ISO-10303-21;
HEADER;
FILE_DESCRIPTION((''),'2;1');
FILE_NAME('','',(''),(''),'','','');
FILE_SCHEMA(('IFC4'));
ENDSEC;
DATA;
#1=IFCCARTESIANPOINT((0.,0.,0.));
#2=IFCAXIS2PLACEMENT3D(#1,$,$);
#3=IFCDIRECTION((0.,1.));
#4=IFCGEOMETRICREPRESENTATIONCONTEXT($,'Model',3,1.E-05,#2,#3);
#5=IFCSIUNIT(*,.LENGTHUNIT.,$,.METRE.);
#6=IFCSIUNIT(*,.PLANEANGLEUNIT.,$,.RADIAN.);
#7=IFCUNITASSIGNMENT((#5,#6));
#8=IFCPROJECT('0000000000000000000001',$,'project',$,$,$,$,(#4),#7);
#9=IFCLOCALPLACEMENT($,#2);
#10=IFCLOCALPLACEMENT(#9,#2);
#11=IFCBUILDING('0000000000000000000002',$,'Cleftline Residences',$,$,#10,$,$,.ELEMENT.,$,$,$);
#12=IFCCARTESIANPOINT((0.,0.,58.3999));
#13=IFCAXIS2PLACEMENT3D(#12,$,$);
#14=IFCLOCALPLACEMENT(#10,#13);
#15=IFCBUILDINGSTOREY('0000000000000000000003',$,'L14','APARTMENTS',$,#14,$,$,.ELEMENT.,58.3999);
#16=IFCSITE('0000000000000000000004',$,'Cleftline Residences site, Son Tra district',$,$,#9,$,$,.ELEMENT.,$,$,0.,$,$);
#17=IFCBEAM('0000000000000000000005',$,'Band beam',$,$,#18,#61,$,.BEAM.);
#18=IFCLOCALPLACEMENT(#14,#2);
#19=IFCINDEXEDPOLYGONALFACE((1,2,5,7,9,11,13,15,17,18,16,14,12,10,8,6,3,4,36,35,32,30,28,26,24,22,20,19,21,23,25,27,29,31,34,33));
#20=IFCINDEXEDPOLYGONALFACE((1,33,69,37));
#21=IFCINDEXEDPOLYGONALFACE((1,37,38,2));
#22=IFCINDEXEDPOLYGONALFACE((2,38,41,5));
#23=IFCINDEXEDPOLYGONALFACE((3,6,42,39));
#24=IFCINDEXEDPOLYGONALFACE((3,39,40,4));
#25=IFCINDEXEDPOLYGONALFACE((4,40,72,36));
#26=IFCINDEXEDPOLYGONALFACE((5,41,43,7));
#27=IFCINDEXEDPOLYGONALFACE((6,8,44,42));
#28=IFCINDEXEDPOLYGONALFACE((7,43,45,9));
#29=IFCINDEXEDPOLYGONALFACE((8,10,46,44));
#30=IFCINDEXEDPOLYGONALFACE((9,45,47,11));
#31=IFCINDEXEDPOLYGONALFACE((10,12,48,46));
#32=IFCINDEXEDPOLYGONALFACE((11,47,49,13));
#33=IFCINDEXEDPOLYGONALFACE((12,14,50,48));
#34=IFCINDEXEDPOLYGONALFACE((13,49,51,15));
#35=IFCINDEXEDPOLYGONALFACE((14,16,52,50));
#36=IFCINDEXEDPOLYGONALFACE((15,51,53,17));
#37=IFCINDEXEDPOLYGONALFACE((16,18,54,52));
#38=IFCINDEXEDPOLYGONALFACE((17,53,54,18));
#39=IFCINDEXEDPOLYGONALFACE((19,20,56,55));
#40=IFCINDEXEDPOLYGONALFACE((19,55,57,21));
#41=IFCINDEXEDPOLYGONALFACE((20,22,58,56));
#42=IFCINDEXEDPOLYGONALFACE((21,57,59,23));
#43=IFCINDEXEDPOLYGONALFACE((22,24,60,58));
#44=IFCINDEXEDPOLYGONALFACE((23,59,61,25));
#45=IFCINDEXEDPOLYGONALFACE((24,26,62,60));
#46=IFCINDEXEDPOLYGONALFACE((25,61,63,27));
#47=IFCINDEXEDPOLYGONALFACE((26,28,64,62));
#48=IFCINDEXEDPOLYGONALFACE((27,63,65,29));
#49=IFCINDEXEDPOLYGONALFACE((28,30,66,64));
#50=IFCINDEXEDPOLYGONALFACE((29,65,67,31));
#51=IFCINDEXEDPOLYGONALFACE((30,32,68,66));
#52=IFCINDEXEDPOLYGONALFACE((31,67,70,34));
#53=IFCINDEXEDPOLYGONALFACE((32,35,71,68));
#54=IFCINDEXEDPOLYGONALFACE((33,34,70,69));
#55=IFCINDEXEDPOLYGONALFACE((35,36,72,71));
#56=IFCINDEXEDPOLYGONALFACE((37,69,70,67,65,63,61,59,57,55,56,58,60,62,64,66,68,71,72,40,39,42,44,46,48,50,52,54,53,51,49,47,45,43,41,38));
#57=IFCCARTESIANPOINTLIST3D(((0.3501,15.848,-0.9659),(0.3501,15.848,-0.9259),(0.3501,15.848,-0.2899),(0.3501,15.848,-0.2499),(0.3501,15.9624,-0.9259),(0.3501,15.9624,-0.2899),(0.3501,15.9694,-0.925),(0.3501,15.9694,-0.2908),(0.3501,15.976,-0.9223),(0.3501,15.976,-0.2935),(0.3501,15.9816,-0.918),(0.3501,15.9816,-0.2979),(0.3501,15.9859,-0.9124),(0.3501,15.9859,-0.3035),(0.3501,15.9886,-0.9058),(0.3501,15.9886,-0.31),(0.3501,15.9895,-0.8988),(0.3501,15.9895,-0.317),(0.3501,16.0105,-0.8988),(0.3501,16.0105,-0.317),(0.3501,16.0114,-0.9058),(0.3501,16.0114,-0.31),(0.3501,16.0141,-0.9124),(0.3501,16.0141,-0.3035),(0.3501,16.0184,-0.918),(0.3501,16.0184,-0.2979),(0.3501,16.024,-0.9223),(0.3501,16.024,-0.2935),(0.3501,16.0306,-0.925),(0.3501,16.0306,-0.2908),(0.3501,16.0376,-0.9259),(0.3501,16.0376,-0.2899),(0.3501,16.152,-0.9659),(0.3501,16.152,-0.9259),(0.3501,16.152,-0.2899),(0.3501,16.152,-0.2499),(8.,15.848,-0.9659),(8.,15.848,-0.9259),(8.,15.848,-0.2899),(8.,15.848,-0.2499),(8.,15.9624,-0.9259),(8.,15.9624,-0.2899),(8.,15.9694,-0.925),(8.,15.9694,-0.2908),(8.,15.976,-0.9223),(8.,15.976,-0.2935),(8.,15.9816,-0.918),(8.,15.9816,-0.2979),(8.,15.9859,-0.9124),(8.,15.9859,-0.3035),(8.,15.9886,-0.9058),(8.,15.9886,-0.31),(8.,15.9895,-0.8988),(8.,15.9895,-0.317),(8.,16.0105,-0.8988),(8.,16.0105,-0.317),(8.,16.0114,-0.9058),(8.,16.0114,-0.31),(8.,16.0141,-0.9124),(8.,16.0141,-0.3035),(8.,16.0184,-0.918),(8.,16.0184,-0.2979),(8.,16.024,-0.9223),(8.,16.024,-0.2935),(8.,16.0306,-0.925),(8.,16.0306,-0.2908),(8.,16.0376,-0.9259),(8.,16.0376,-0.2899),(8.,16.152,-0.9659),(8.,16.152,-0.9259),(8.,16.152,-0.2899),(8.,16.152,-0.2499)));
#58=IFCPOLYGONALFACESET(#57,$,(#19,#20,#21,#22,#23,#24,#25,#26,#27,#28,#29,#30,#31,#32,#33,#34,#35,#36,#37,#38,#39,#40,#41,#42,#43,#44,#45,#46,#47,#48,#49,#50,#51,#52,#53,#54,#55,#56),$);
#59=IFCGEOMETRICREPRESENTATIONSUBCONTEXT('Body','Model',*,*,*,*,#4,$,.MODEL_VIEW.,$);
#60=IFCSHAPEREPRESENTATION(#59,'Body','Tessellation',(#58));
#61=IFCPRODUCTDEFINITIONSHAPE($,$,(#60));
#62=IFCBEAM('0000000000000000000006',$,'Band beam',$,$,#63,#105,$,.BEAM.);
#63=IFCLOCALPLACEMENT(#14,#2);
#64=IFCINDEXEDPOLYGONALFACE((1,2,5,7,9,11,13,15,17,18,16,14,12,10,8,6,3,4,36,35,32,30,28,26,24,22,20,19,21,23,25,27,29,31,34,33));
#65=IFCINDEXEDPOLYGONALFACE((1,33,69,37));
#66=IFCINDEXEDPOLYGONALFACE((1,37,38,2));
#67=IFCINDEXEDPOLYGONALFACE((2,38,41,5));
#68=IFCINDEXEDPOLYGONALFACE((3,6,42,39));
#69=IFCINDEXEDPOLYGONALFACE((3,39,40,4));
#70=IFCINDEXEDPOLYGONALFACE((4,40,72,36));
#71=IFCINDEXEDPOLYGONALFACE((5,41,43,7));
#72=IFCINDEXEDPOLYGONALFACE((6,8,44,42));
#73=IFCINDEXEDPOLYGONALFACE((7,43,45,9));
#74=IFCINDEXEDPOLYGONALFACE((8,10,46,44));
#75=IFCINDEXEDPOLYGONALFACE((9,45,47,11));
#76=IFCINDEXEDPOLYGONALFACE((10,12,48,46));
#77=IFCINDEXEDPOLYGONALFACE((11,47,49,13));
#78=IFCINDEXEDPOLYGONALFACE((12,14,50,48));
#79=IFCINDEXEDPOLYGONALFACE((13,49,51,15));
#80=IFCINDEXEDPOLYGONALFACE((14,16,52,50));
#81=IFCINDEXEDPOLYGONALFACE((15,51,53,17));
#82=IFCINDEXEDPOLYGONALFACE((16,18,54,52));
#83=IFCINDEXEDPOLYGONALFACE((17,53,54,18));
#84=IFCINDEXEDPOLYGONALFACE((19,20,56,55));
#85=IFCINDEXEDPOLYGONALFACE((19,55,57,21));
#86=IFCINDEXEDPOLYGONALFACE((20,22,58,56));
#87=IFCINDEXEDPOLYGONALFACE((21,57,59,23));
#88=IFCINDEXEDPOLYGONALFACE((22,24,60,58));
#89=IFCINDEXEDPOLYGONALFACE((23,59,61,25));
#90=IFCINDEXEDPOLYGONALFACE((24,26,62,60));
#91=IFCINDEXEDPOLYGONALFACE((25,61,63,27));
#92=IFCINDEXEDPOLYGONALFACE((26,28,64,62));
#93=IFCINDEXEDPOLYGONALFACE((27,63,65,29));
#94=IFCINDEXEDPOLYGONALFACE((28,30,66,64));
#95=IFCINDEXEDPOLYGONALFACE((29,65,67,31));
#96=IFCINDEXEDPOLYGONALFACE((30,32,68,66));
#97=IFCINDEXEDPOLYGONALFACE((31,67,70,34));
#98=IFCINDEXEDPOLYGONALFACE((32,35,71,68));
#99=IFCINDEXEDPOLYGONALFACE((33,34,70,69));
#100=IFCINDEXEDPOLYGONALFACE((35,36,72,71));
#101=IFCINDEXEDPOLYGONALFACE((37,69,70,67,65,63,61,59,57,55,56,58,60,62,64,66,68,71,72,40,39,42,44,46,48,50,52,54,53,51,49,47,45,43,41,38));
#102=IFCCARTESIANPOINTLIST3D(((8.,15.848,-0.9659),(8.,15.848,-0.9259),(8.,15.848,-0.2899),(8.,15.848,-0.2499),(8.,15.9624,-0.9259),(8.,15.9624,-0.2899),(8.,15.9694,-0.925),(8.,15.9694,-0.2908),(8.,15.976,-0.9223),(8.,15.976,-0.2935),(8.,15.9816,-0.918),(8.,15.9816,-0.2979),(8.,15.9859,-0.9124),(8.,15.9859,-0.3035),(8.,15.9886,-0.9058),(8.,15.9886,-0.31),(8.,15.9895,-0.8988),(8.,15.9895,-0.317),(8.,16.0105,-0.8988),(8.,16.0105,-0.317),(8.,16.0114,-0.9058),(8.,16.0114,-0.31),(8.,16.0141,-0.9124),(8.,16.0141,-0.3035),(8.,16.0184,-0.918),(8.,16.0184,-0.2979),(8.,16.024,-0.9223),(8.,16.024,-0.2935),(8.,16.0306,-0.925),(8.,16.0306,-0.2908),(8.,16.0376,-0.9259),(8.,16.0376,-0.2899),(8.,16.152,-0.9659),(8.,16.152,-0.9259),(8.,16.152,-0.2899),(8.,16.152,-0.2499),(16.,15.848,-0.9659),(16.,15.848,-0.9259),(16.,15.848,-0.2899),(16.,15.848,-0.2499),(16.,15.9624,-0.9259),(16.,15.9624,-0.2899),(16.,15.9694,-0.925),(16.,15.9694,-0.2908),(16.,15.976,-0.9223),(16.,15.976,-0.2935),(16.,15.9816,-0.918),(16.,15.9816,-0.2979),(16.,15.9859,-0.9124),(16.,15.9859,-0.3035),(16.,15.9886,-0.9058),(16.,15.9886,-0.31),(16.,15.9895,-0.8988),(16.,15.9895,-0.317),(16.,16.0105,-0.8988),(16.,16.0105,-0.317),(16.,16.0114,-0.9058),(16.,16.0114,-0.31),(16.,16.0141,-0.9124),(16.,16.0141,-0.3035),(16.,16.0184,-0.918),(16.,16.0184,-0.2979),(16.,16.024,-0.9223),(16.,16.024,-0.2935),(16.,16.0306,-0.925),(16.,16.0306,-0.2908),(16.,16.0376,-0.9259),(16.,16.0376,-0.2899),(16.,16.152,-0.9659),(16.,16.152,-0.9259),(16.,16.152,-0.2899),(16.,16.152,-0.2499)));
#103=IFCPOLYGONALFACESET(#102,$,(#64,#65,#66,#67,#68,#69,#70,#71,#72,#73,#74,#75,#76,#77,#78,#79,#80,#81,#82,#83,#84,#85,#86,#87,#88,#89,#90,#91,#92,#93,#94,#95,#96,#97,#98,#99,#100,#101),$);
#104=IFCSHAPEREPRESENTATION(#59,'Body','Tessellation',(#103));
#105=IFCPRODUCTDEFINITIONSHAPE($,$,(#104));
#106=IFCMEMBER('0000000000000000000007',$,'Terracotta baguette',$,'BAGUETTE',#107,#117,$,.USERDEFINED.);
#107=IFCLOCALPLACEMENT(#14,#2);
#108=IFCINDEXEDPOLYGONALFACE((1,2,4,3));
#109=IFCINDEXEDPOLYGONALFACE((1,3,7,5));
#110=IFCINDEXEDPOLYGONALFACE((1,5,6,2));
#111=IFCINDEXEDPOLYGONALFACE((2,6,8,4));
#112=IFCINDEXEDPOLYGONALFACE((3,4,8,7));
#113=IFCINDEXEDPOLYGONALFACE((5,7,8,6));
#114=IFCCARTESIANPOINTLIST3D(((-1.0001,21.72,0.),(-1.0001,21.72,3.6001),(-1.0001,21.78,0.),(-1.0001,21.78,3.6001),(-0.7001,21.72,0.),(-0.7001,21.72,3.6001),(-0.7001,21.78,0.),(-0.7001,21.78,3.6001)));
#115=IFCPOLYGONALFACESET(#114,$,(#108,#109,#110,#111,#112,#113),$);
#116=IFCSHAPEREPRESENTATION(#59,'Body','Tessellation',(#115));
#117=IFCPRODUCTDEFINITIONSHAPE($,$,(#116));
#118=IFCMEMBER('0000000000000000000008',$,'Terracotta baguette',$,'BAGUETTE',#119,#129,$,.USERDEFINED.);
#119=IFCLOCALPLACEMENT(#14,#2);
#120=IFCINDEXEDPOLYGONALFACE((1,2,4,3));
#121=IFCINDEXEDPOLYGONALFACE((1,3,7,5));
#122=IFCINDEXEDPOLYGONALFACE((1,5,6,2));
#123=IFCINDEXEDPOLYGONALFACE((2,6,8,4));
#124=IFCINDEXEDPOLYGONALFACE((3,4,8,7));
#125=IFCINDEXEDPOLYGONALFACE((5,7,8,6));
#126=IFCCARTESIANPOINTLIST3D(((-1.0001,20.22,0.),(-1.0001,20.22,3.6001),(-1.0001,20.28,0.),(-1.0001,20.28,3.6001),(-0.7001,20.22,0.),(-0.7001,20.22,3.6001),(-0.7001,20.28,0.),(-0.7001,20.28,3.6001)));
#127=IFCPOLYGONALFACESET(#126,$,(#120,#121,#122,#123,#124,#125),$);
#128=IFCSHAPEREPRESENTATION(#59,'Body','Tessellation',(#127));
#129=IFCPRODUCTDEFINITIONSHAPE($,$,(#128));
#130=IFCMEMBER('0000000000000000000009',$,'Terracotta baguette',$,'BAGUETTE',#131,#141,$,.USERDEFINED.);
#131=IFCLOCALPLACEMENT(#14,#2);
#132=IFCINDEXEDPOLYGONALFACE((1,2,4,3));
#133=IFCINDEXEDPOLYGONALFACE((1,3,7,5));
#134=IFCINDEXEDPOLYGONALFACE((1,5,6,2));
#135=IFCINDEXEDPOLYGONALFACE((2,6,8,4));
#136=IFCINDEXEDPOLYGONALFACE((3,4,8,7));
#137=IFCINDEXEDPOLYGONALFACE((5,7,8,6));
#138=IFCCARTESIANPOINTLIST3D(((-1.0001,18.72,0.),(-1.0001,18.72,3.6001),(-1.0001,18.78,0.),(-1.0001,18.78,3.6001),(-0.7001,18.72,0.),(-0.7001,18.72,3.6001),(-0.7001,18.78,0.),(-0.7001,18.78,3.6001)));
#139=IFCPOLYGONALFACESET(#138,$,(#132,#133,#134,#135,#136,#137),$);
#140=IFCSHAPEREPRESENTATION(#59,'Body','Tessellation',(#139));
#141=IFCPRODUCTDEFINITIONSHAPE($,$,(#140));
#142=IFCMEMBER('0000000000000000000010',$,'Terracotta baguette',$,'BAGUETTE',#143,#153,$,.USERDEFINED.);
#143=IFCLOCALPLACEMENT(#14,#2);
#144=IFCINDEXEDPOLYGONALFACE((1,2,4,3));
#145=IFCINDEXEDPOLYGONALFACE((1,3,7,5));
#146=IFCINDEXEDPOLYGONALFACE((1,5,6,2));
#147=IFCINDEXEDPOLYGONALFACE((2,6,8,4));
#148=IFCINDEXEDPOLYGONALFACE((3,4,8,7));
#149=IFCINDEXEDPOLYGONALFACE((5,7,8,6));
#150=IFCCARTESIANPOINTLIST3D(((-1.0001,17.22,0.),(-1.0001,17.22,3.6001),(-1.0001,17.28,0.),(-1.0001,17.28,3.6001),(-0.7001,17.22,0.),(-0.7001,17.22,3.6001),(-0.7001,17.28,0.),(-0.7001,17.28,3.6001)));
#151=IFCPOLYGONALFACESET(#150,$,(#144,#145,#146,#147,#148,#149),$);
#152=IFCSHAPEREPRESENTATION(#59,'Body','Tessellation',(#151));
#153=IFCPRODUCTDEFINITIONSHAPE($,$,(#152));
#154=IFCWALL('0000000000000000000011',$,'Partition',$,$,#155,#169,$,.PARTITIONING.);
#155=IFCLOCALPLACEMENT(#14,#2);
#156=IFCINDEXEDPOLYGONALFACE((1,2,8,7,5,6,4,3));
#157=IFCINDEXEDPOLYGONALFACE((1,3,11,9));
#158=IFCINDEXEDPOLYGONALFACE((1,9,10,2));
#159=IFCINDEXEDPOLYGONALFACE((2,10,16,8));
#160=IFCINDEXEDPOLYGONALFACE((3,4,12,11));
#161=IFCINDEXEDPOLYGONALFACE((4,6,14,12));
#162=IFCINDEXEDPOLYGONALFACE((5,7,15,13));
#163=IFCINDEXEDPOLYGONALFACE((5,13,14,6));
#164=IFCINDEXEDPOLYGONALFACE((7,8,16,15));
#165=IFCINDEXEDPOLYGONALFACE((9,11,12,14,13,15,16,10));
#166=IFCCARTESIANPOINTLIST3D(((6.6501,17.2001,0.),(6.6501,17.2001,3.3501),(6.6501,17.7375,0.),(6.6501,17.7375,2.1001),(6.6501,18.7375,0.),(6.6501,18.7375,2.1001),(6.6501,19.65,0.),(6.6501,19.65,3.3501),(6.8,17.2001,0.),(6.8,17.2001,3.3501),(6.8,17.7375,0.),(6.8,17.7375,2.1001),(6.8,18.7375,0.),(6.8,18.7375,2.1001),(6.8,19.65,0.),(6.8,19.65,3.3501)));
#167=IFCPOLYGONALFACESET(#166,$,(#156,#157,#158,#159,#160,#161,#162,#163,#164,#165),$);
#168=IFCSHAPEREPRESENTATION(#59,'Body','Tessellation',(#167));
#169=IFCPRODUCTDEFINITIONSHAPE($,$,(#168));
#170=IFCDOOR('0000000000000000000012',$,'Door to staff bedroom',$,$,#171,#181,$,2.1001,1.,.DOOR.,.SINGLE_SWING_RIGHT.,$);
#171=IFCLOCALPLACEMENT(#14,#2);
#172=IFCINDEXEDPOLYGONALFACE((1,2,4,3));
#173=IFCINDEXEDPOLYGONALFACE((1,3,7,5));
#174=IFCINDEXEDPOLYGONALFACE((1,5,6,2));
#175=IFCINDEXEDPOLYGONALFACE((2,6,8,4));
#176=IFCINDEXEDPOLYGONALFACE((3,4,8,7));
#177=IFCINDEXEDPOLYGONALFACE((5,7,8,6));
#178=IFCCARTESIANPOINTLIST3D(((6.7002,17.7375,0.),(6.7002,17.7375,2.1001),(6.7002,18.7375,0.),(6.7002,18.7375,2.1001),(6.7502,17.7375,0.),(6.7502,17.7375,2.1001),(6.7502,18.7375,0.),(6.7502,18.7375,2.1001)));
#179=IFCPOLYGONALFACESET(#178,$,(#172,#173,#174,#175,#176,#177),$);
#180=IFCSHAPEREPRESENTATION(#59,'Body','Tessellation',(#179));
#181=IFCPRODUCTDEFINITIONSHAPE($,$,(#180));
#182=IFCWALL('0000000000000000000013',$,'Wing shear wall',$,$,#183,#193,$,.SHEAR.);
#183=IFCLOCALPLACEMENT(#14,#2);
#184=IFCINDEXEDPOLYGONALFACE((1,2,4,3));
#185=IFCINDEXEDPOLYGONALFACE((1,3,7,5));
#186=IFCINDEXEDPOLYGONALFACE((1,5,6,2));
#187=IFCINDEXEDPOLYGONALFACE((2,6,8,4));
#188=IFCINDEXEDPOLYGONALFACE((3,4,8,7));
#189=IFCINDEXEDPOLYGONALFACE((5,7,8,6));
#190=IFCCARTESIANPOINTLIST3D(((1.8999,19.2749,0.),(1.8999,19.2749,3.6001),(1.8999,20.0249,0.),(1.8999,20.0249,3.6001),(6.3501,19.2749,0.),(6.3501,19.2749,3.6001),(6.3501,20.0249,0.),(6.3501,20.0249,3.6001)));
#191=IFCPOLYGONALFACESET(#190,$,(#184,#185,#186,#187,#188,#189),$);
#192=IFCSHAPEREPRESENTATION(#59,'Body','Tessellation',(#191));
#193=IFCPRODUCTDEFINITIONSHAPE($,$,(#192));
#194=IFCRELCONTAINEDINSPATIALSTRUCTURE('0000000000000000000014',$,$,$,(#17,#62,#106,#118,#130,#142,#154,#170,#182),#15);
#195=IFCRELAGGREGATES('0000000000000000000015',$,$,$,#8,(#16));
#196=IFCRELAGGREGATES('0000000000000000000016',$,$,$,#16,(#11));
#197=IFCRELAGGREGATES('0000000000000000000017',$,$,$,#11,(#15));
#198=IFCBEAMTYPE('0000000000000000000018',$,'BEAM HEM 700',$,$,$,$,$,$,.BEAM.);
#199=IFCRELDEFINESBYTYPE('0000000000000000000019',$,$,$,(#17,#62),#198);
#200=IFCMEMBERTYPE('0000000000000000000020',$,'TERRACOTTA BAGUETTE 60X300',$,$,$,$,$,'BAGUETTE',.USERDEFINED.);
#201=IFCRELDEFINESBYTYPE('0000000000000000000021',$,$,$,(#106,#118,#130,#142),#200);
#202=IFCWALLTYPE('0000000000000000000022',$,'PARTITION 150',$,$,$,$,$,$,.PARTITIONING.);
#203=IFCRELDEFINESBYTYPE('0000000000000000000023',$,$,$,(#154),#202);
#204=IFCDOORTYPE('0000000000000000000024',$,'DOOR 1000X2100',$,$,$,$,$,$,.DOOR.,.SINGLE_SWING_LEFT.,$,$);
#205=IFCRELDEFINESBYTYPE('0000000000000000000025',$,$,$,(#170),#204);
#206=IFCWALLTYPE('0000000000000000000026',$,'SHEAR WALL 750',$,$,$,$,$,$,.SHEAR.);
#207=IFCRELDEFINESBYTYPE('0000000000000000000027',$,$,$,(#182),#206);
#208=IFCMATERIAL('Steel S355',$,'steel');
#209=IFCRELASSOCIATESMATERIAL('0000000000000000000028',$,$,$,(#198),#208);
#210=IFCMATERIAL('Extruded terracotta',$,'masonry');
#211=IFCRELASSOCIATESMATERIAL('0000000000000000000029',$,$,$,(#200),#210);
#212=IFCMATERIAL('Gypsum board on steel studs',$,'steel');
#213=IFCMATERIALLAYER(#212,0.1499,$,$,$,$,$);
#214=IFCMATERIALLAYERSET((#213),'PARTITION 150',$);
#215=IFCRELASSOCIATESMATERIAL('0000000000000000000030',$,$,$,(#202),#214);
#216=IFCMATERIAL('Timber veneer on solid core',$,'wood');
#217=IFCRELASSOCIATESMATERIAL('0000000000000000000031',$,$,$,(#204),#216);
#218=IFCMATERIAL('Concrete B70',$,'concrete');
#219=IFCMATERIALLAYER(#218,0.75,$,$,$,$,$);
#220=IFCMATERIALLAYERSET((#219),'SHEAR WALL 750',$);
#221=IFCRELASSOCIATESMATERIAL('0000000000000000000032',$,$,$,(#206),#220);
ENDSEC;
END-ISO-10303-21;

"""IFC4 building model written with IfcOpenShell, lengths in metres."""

from ifc_helpers import new_model, si_unit, direction, frame, frame_2d, origin, origin_2d, place, context, subcontext, project, spatial, rectangle, i_section, extrude, material, layer, layer_set, material_profile, profile_set, type_object, element, fill, save


model = new_model("IFC4")

# Units and contexts
model_context = context("Model", 3, precision=1e-05, world=origin(), true_north=direction((0.0, 1.0)))
body_context = subcontext(model_context, "Body", "Model", "MODEL_VIEW")
ifc_project = project(units=[si_unit("LENGTHUNIT", "METRE"), si_unit("PLANEANGLEUNIT", "RADIAN")], contexts=[model_context])

# Site, building, storey
site_placement = place(None, origin())
site = spatial("IfcSite", under=ifc_project, at=site_placement, Name="Cleftline Residences site, Son Tra district", CompositionType="ELEMENT", RefElevation=0.0)
building_placement = place(site_placement, origin())
building = spatial("IfcBuilding", under=site, at=building_placement, Name="Cleftline Residences", CompositionType="ELEMENT")
storey_placement = place(building_placement, frame((0.0, 0.0, 58.3999)))
storey = spatial("IfcBuildingStorey", under=building, at=storey_placement, Name="L14", Description="APARTMENTS", CompositionType="ELEMENT", Elevation=58.3999)

# Beams
ifc_material_1 = material(Name="Steel S355", Category="steel")
ifc_material_profile_1 = material_profile(ifc_material_1, i_section(OverallWidth=0.304, OverallDepth=0.7161, WebThickness=0.021, FlangeThickness=0.04, FilletRadius=0.0271, at=origin_2d()))
ifc_profile_set_1 = profile_set([ifc_material_profile_1], Name="Steel S355")
beam_type_1 = type_object("IfcBeamType", Name="BEAM HEM 700", PredefinedType="BEAM", material=ifc_profile_set_1)
beam_1_placement = place(storey_placement, frame((0.3501, 16.0, -0.6079), z_axis=(1.0, 0.0, 0.0), x_axis=(0.0, 1.0, 0.0)))
element("IfcBeam", 1, at=beam_1_placement, inside=storey, type_object=beam_type_1, Name="Band beam", PredefinedType="BEAM", context=body_context, shape_type="SweptSolid", body=[
    extrude(i_section(OverallWidth=0.304, OverallDepth=0.7161, WebThickness=0.021, FlangeThickness=0.04, FilletRadius=0.0271, at=origin_2d()), origin(), (0.0, 0.0, 1.0), 7.6499),
])
beam_2_placement = place(storey_placement, frame((8.0, 16.0, -0.6079), z_axis=(1.0, 0.0, 0.0), x_axis=(0.0, 1.0, 0.0)))
element("IfcBeam", 2, at=beam_2_placement, inside=storey, type_object=beam_type_1, Name="Band beam", PredefinedType="BEAM", context=body_context, shape_type="SweptSolid", body=[
    extrude(i_section(OverallWidth=0.304, OverallDepth=0.7161, WebThickness=0.021, FlangeThickness=0.04, FilletRadius=0.0271, at=origin_2d()), origin(), (0.0, 0.0, 1.0), 8.0),
])

# Members
ifc_material_2 = material(Name="Extruded terracotta", Category="masonry")
ifc_material_profile_2 = material_profile(ifc_material_2, rectangle(XDim=0.0601, YDim=0.3, at=origin_2d()))
ifc_profile_set_2 = profile_set([ifc_material_profile_2], Name="Extruded terracotta")
member_type_1 = type_object("IfcMemberType", Name="TERRACOTTA BAGUETTE 60X300", ElementType="BAGUETTE", PredefinedType="USERDEFINED", material=ifc_profile_set_2)
for number, where, z_axis, x_axis, name in (
    (3, (-0.8501, 21.75, 0.0), (0.0, 0.0, 1.0), (0.0, 1.0, 0.0), "Terracotta baguette"),
    (4, (-0.8501, 20.25, 0.0), (0.0, 0.0, 1.0), (0.0, 1.0, 0.0), "Terracotta baguette"),
    (5, (-0.8501, 18.75, 0.0), (0.0, 0.0, 1.0), (0.0, 1.0, 0.0), "Terracotta baguette"),
    (6, (-0.8501, 17.25, 0.0), (0.0, 0.0, 1.0), (0.0, 1.0, 0.0), "Terracotta baguette"),
):
    element("IfcMember", number, at=place(storey_placement, frame(where, z_axis=z_axis, x_axis=x_axis)), inside=storey, type_object=member_type_1, Name=name, ObjectType="BAGUETTE", PredefinedType="USERDEFINED", context=body_context, shape_type="SweptSolid", body=[
        extrude(rectangle(XDim=0.0601, YDim=0.3, at=origin_2d()), origin(), (0.0, 0.0, 1.0), 3.6001),
    ])

# Wall, opening, door
ifc_material_3 = material(Name="Gypsum board on steel studs", Category="steel")
ifc_layer_1 = layer(ifc_material_3, 0.1499)
ifc_layer_set_1 = layer_set([ifc_layer_1], Name="PARTITION 150")
wall_type_1 = type_object("IfcWallType", Name="PARTITION 150", PredefinedType="PARTITIONING", material=ifc_layer_set_1)
wall_1_placement = place(storey_placement, frame((6.7251, 17.2, 0.0), z_axis=(0.0, 0.0, 1.0), x_axis=(0.0, 1.0, 0.0)))
wall_1 = element("IfcWall", 7, at=wall_1_placement, inside=storey, type_object=wall_type_1, Name="Partition", PredefinedType="PARTITIONING", context=body_context, shape_type="SweptSolid", body=[
    extrude(rectangle(XDim=2.45, YDim=0.1499, at=frame_2d((1.2251, 0.0))), origin(), (0.0, 0.0, 1.0), 3.3501),
])
opening_1_placement = place(wall_1_placement, frame((0.5376, 0.0, 0.0)))
opening_1 = element("IfcOpeningElement", 8, at=opening_1_placement, cuts=wall_1, PredefinedType="OPENING", context=body_context, shape_type="SweptSolid", body=[
    extrude(rectangle(XDim=1.0, YDim=2.1001, at=frame_2d((0.5, 1.05))), frame((0.0, 0.085, 0.0), z_axis=(0.0, -1.0, 0.0), x_axis=(1.0, 0.0, 0.0)), (0.0, 0.0, 1.0), 0.1699),
])
ifc_material_4 = material(Name="Timber veneer on solid core", Category="wood")
door_type_1 = type_object("IfcDoorType", Name="DOOR 1000X2100", OperationType="SINGLE_SWING_LEFT", PredefinedType="DOOR", material=ifc_material_4)
door_1_placement = place(opening_1_placement, origin())
door_1 = element("IfcDoor", 9, at=door_1_placement, inside=storey, type_object=door_type_1, Name="Door to staff bedroom", OperationType="SINGLE_SWING_RIGHT", OverallHeight=2.1001, OverallWidth=1.0, PredefinedType="DOOR", context=body_context, shape_type="SweptSolid", body=[
    extrude(rectangle(XDim=1.0, YDim=2.1001, at=frame_2d((0.5, 1.05))), frame((0.0, 0.0249, 0.0), z_axis=(0.0, -1.0, 0.0), x_axis=(1.0, 0.0, 0.0)), (0.0, 0.0, 1.0), 0.05),
])
fill(opening_1, door_1)

# Wall
ifc_material_5 = material(Name="Concrete B70", Category="concrete")
ifc_layer_2 = layer(ifc_material_5, 0.75)
ifc_layer_set_2 = layer_set([ifc_layer_2], Name="SHEAR WALL 750")
wall_type_2 = type_object("IfcWallType", Name="SHEAR WALL 750", PredefinedType="SHEAR", material=ifc_layer_set_2)
wall_2_placement = place(storey_placement, frame((1.8999, 19.6499, 0.0), z_axis=(0.0, 0.0, 1.0), x_axis=(1.0, 0.0, 0.0)))
element("IfcWall", 10, at=wall_2_placement, inside=storey, type_object=wall_type_2, Name="Wing shear wall", PredefinedType="SHEAR", context=body_context, shape_type="SweptSolid", body=[
    extrude(rectangle(XDim=4.4502, YDim=0.75, at=frame_2d((2.2251, 0.0))), origin(), (0.0, 0.0, 1.0), 3.6001),
])

save(model, "model.ifc")
